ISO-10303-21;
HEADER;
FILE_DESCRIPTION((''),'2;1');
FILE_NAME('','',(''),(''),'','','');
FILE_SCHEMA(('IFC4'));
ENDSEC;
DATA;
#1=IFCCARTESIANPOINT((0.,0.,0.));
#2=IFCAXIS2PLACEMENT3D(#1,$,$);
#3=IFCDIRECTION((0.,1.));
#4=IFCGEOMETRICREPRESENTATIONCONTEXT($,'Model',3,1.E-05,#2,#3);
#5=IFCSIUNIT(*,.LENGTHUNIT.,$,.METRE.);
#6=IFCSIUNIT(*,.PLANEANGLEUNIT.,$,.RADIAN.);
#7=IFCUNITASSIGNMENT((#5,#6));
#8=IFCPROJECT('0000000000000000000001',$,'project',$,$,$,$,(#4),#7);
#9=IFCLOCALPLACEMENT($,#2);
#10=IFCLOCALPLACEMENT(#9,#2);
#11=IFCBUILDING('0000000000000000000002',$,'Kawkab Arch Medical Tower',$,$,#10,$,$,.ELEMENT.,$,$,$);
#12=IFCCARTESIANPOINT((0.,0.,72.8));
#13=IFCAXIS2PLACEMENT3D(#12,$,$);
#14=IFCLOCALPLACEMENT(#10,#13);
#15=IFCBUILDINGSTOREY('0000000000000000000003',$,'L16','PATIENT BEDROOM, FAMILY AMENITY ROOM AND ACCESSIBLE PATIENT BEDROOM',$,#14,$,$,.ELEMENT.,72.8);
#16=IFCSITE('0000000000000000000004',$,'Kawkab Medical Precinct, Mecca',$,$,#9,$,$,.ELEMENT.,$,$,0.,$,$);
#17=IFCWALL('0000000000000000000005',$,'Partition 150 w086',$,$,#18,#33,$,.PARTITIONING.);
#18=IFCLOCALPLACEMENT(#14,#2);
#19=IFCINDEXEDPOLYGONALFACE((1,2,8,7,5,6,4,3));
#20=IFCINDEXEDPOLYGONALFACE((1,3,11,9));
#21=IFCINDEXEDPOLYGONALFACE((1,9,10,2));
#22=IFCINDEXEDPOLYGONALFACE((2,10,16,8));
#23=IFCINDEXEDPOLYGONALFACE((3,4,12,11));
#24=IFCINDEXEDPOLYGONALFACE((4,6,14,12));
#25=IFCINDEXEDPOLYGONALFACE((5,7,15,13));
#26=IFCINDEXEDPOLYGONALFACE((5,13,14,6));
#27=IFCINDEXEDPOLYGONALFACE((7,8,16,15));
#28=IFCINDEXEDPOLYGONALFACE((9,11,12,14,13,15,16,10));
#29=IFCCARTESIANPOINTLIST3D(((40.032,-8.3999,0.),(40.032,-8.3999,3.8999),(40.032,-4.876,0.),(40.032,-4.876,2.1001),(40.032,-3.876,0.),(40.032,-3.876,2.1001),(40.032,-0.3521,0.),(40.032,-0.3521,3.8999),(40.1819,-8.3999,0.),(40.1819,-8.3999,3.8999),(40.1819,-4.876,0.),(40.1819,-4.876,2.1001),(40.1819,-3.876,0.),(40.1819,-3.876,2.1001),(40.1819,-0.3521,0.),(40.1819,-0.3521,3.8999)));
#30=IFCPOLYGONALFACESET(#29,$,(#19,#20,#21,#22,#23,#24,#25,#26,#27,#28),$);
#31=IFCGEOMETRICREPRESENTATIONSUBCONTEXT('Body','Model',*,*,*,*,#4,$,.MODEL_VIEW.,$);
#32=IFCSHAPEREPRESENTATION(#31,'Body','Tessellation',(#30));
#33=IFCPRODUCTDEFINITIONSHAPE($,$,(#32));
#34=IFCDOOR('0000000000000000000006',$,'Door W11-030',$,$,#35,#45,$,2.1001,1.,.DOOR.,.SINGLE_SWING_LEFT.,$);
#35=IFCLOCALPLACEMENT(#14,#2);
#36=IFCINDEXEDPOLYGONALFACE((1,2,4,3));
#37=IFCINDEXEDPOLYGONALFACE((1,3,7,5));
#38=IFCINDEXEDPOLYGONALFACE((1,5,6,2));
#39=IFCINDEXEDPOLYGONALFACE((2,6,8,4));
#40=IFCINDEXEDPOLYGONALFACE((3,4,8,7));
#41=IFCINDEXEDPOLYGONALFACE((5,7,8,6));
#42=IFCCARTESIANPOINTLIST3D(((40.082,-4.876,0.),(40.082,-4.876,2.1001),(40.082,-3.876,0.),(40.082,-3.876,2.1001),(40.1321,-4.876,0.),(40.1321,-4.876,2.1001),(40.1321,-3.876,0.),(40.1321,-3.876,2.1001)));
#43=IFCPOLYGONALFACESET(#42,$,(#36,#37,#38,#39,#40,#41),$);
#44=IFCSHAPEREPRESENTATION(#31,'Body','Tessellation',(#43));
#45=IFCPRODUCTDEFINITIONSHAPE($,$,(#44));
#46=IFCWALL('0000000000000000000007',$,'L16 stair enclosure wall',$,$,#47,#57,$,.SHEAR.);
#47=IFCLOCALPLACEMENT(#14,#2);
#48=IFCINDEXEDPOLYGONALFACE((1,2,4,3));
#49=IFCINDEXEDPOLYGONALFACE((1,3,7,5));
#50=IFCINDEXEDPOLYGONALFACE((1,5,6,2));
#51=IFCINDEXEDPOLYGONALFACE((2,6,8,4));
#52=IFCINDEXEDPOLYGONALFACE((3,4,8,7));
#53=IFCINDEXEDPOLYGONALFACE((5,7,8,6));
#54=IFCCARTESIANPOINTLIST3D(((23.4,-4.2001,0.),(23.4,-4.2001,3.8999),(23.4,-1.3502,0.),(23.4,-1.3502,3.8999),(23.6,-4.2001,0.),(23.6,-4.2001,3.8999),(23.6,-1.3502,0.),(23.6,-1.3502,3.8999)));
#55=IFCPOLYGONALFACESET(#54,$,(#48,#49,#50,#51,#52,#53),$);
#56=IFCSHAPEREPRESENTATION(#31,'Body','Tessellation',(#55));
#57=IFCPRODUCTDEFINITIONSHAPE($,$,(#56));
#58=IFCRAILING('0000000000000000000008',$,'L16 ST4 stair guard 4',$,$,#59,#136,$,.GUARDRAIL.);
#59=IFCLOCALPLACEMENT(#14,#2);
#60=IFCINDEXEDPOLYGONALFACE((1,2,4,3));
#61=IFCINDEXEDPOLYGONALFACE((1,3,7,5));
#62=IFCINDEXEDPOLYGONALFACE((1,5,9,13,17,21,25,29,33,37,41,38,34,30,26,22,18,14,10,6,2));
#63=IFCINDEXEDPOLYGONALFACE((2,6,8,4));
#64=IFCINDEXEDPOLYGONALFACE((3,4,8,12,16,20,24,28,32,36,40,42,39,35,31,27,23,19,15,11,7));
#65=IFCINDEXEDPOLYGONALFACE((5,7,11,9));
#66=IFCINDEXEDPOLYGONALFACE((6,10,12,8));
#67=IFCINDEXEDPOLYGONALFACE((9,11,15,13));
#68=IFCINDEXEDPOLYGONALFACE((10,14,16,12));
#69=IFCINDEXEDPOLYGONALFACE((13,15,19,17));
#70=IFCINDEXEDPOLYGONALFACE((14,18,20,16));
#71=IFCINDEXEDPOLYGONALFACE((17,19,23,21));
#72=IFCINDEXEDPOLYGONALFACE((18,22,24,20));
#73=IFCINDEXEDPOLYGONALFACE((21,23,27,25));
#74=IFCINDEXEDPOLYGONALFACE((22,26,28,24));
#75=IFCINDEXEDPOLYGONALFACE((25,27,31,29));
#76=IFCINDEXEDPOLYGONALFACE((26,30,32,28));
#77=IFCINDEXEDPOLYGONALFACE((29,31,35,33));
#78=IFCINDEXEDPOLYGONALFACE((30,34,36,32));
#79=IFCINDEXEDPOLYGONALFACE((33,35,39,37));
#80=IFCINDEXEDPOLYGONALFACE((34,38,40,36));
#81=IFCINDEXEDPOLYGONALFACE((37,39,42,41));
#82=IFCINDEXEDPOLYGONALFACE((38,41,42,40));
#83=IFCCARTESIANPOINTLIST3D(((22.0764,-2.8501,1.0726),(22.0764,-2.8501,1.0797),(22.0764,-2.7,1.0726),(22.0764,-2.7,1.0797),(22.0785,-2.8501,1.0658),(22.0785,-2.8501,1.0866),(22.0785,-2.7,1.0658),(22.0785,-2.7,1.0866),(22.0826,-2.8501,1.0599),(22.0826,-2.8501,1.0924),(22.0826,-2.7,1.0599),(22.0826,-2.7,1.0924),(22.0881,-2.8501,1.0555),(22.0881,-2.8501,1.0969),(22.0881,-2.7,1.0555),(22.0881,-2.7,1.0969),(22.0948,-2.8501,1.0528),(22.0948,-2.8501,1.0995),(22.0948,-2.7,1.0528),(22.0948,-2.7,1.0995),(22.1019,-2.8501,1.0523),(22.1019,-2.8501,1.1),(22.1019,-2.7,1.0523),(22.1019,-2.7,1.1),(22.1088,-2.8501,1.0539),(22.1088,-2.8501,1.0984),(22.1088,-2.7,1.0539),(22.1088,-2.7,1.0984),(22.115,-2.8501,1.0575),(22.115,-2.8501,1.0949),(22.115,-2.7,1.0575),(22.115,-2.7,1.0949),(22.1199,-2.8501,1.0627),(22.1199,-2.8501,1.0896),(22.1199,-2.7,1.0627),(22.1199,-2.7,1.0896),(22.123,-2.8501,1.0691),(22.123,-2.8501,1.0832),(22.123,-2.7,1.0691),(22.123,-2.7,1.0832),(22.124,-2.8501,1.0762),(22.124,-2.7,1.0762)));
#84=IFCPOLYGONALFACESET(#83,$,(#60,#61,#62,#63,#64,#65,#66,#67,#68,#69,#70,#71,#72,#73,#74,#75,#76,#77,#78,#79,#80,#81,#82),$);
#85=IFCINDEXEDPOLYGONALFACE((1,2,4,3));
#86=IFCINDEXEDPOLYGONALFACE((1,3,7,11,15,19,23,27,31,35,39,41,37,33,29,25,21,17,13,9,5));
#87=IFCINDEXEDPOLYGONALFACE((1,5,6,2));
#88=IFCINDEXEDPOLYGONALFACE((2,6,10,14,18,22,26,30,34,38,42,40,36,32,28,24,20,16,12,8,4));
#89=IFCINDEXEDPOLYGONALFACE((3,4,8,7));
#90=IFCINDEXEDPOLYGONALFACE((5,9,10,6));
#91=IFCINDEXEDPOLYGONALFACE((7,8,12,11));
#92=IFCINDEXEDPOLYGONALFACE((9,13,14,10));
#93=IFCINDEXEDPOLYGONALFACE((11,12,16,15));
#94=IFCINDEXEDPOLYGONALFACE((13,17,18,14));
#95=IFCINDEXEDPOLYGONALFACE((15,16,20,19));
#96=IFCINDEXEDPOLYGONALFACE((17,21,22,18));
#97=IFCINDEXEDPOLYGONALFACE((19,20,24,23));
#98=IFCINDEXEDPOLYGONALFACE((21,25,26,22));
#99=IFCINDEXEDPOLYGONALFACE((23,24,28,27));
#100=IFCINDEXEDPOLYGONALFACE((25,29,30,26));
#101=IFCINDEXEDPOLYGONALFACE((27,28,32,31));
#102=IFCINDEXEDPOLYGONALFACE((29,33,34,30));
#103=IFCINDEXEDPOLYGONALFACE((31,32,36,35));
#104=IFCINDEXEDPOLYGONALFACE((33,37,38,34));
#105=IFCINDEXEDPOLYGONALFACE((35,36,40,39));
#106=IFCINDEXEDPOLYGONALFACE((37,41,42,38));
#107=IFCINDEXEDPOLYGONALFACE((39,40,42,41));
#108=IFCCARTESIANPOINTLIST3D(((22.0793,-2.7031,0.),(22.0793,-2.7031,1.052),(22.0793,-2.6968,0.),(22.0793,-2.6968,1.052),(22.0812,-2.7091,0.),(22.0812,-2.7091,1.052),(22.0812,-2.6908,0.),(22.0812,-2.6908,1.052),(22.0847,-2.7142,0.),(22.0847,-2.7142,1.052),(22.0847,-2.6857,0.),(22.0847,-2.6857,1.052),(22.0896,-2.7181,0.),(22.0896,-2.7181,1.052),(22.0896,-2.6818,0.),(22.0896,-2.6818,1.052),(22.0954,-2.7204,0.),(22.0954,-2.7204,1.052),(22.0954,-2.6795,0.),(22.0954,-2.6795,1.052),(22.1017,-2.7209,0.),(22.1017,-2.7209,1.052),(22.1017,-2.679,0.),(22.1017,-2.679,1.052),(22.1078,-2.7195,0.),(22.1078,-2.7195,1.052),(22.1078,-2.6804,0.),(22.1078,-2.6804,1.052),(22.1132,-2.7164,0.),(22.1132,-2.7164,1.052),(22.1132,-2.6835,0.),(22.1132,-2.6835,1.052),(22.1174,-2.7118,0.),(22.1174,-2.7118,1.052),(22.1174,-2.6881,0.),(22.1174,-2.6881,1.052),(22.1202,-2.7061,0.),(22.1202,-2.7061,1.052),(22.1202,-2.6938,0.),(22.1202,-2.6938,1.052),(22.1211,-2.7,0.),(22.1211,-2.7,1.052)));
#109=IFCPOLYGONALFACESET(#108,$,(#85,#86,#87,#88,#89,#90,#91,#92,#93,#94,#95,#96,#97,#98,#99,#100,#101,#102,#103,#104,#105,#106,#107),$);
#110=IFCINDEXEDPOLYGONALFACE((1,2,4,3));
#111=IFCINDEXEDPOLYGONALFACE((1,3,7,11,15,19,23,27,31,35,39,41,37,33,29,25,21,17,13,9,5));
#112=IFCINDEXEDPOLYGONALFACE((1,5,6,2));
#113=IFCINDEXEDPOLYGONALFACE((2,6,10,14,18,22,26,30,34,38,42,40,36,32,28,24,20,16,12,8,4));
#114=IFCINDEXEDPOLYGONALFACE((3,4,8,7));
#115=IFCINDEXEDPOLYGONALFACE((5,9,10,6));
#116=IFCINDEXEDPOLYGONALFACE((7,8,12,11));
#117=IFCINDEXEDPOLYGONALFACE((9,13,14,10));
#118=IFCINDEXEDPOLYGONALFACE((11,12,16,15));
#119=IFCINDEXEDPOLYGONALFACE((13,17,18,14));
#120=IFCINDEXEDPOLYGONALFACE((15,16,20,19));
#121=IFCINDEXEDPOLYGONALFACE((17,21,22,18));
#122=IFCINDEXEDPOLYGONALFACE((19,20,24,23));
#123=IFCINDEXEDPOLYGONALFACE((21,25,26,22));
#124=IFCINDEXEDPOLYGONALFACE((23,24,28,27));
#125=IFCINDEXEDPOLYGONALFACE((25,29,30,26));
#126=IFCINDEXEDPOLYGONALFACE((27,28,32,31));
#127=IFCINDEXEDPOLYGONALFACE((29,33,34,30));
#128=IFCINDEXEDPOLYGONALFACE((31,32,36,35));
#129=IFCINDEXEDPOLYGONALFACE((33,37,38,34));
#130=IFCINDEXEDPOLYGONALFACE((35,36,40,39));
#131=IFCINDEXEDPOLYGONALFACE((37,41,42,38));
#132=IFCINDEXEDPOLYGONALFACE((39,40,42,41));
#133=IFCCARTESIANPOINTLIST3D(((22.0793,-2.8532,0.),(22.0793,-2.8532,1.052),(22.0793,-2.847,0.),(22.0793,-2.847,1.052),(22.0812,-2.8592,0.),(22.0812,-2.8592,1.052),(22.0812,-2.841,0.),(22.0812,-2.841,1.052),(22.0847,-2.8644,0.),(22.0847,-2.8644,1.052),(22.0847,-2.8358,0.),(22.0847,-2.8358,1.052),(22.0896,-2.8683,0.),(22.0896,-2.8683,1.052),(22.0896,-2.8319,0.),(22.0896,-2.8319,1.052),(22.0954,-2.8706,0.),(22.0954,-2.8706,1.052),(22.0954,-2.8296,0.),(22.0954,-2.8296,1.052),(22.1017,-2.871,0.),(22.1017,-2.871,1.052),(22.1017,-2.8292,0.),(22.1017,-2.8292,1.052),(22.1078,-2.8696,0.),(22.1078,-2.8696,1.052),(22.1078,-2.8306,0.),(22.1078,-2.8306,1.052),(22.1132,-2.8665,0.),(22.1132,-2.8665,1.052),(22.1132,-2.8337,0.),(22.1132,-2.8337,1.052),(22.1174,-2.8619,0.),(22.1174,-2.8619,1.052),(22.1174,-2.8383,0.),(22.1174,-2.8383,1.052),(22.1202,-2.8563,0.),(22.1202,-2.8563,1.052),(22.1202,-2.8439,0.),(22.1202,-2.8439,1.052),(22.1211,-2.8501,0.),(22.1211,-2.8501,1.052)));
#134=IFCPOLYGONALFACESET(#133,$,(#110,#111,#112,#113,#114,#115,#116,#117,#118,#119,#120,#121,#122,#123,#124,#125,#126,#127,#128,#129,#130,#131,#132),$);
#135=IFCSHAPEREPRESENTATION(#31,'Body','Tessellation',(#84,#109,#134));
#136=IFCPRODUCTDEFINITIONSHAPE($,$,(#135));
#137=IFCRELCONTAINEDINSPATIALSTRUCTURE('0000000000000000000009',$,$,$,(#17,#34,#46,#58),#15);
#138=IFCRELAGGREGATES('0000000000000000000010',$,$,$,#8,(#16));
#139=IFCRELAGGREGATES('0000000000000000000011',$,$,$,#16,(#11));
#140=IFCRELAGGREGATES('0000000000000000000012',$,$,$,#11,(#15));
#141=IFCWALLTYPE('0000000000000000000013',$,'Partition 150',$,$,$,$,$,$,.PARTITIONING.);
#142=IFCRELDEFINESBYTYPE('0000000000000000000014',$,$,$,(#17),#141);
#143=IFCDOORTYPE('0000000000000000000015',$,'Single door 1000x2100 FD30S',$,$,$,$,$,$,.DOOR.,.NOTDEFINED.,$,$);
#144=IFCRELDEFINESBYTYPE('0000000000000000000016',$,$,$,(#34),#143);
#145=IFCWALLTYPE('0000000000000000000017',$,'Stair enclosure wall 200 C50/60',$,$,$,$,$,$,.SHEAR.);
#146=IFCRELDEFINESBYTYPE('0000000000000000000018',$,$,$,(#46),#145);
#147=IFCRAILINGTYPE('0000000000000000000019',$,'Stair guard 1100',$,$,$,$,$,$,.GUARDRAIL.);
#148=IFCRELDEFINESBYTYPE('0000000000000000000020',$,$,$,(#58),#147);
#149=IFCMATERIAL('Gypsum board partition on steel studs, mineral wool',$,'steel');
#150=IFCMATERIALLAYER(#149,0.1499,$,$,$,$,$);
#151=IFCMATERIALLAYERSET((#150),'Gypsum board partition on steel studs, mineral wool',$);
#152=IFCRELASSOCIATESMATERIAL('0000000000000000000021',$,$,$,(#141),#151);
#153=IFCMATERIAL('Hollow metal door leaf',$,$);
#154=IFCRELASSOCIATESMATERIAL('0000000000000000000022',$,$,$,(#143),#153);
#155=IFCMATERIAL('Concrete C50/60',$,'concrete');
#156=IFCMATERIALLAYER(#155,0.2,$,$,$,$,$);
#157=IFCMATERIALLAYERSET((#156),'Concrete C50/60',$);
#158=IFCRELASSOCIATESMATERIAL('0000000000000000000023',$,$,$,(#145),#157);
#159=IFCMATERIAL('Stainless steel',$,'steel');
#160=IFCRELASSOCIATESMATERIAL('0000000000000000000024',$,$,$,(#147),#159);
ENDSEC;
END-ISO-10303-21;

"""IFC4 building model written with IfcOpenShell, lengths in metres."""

from ifc_helpers import new_model, si_unit, direction, frame, frame_2d, origin, origin_2d, place, context, subcontext, project, spatial, rectangle, circle, extrude, material, layer, layer_set, type_object, element, fill, save


model = new_model("IFC4")

# Units and contexts
model_context = context("Model", 3, precision=1e-05, world=origin(), true_north=direction((0.0, 1.0)))
body_context = subcontext(model_context, "Body", "Model", "MODEL_VIEW")
ifc_project = project(units=[si_unit("LENGTHUNIT", "METRE"), si_unit("PLANEANGLEUNIT", "RADIAN")], contexts=[model_context])

# Site, building, storey
site_placement = place(None, origin())
site = spatial("IfcSite", under=ifc_project, at=site_placement, Name="Kawkab Medical Precinct, Mecca", CompositionType="ELEMENT", RefElevation=0.0)
building_placement = place(site_placement, origin())
building = spatial("IfcBuilding", under=site, at=building_placement, Name="Kawkab Arch Medical Tower", CompositionType="ELEMENT")
storey_placement = place(building_placement, frame((0.0, 0.0, 72.8)))
storey = spatial("IfcBuildingStorey", under=building, at=storey_placement, Name="L16", Description="PATIENT BEDROOM, FAMILY AMENITY ROOM AND ACCESSIBLE PATIENT BEDROOM", CompositionType="ELEMENT", Elevation=72.8)

# Shared definitions
ifc_material_1 = material(Name="Gypsum board partition on steel studs, mineral wool", Category="steel")
ifc_layer_1 = layer(ifc_material_1, 0.1499)
ifc_layer_set_1 = layer_set([ifc_layer_1], Name="Gypsum board partition on steel studs, mineral wool")
wall_type_1 = type_object("IfcWallType", Name="Partition 150", PredefinedType="PARTITIONING", material=ifc_layer_set_1)

# Shared definitions
ifc_material_2 = material(Name="Hollow metal door leaf")
door_type_1 = type_object("IfcDoorType", Name="Single door 1000x2100 FD30S", OperationType="NOTDEFINED", PredefinedType="DOOR", material=ifc_material_2)

# Wall, opening, door
wall_1_placement = place(storey_placement, frame((40.1069, -8.3999, 0.0), z_axis=(0.0, 0.0, 1.0), x_axis=(0.0, 1.0, 0.0)))
wall_1 = element("IfcWall", 1, at=wall_1_placement, inside=storey, type_object=wall_type_1, Name="Partition 150 w086", PredefinedType="PARTITIONING", context=body_context, shape_type="SweptSolid", body=[
    extrude(rectangle(XDim=8.0479, YDim=0.1499, at=frame_2d((4.0239, 0.0))), origin(), (0.0, 0.0, 1.0), 3.8999),
])
opening_1_placement = place(wall_1_placement, frame((3.5239, 0.0, 0.0)))
opening_1 = element("IfcOpeningElement", 2, at=opening_1_placement, cuts=wall_1, PredefinedType="OPENING", context=body_context, shape_type="SweptSolid", body=[
    extrude(rectangle(XDim=1.0, YDim=2.1001, at=frame_2d((0.5, 1.05))), frame((0.0, 0.085, 0.0), z_axis=(0.0, -1.0, 0.0), x_axis=(1.0, 0.0, 0.0)), (0.0, 0.0, 1.0), 0.1699),
])
door_1_placement = place(opening_1_placement, origin())
door_1 = element("IfcDoor", 3, at=door_1_placement, inside=storey, type_object=door_type_1, Name="Door W11-030", OperationType="SINGLE_SWING_LEFT", OverallHeight=2.1001, OverallWidth=1.0, PredefinedType="DOOR", context=body_context, shape_type="SweptSolid", body=[
    extrude(rectangle(XDim=1.0, YDim=2.1001, at=frame_2d((0.5, 1.05))), frame((0.0, 0.0249, 0.0), z_axis=(0.0, -1.0, 0.0), x_axis=(1.0, 0.0, 0.0)), (0.0, 0.0, 1.0), 0.05),
])
fill(opening_1, door_1)

# Wall
ifc_material_3 = material(Name="Concrete C50/60", Category="concrete")
ifc_layer_2 = layer(ifc_material_3, 0.2)
ifc_layer_set_2 = layer_set([ifc_layer_2], Name="Concrete C50/60")
wall_type_2 = type_object("IfcWallType", Name="Stair enclosure wall 200 C50/60", PredefinedType="SHEAR", material=ifc_layer_set_2)
wall_2_placement = place(storey_placement, frame((23.5, -4.2, 0.0), z_axis=(0.0, 0.0, 1.0), x_axis=(0.0, 1.0, 0.0)))
element("IfcWall", 4, at=wall_2_placement, inside=storey, type_object=wall_type_2, Name="L16 stair enclosure wall", PredefinedType="SHEAR", context=body_context, shape_type="SweptSolid", body=[
    extrude(rectangle(XDim=2.8499, YDim=0.2, at=frame_2d((1.4248, 0.0))), origin(), (0.0, 0.0, 1.0), 3.8999),
])

# Railing
ifc_material_4 = material(Name="Stainless steel", Category="steel")
railing_type = type_object("IfcRailingType", Name="Stair guard 1100", PredefinedType="GUARDRAIL", material=ifc_material_4)
railing_placement = place(storey_placement, frame((22.1001, -2.7, 0.0)))
element("IfcRailing", 5, at=railing_placement, inside=storey, type_object=railing_type, Name="L16 ST4 stair guard 4", PredefinedType="GUARDRAIL", context=body_context, shape_type="SweptSolid", body=[
    extrude(circle(Radius=0.0239, at=origin_2d()), frame((0.0, 0.0, 1.0762), z_axis=(0.0, -1.0, 0.0), x_axis=(1.0, 0.0, 0.0)), (0.0, 0.0, 1.0), 0.1501),
    extrude(circle(Radius=0.021, at=origin_2d()), origin(), (0.0, 0.0, 1.0), 1.052),
    extrude(circle(Radius=0.021, at=origin_2d()), frame((0.0, -0.1501, 0.0)), (0.0, 0.0, 1.0), 1.052),
])

save(model, "model.ifc")
